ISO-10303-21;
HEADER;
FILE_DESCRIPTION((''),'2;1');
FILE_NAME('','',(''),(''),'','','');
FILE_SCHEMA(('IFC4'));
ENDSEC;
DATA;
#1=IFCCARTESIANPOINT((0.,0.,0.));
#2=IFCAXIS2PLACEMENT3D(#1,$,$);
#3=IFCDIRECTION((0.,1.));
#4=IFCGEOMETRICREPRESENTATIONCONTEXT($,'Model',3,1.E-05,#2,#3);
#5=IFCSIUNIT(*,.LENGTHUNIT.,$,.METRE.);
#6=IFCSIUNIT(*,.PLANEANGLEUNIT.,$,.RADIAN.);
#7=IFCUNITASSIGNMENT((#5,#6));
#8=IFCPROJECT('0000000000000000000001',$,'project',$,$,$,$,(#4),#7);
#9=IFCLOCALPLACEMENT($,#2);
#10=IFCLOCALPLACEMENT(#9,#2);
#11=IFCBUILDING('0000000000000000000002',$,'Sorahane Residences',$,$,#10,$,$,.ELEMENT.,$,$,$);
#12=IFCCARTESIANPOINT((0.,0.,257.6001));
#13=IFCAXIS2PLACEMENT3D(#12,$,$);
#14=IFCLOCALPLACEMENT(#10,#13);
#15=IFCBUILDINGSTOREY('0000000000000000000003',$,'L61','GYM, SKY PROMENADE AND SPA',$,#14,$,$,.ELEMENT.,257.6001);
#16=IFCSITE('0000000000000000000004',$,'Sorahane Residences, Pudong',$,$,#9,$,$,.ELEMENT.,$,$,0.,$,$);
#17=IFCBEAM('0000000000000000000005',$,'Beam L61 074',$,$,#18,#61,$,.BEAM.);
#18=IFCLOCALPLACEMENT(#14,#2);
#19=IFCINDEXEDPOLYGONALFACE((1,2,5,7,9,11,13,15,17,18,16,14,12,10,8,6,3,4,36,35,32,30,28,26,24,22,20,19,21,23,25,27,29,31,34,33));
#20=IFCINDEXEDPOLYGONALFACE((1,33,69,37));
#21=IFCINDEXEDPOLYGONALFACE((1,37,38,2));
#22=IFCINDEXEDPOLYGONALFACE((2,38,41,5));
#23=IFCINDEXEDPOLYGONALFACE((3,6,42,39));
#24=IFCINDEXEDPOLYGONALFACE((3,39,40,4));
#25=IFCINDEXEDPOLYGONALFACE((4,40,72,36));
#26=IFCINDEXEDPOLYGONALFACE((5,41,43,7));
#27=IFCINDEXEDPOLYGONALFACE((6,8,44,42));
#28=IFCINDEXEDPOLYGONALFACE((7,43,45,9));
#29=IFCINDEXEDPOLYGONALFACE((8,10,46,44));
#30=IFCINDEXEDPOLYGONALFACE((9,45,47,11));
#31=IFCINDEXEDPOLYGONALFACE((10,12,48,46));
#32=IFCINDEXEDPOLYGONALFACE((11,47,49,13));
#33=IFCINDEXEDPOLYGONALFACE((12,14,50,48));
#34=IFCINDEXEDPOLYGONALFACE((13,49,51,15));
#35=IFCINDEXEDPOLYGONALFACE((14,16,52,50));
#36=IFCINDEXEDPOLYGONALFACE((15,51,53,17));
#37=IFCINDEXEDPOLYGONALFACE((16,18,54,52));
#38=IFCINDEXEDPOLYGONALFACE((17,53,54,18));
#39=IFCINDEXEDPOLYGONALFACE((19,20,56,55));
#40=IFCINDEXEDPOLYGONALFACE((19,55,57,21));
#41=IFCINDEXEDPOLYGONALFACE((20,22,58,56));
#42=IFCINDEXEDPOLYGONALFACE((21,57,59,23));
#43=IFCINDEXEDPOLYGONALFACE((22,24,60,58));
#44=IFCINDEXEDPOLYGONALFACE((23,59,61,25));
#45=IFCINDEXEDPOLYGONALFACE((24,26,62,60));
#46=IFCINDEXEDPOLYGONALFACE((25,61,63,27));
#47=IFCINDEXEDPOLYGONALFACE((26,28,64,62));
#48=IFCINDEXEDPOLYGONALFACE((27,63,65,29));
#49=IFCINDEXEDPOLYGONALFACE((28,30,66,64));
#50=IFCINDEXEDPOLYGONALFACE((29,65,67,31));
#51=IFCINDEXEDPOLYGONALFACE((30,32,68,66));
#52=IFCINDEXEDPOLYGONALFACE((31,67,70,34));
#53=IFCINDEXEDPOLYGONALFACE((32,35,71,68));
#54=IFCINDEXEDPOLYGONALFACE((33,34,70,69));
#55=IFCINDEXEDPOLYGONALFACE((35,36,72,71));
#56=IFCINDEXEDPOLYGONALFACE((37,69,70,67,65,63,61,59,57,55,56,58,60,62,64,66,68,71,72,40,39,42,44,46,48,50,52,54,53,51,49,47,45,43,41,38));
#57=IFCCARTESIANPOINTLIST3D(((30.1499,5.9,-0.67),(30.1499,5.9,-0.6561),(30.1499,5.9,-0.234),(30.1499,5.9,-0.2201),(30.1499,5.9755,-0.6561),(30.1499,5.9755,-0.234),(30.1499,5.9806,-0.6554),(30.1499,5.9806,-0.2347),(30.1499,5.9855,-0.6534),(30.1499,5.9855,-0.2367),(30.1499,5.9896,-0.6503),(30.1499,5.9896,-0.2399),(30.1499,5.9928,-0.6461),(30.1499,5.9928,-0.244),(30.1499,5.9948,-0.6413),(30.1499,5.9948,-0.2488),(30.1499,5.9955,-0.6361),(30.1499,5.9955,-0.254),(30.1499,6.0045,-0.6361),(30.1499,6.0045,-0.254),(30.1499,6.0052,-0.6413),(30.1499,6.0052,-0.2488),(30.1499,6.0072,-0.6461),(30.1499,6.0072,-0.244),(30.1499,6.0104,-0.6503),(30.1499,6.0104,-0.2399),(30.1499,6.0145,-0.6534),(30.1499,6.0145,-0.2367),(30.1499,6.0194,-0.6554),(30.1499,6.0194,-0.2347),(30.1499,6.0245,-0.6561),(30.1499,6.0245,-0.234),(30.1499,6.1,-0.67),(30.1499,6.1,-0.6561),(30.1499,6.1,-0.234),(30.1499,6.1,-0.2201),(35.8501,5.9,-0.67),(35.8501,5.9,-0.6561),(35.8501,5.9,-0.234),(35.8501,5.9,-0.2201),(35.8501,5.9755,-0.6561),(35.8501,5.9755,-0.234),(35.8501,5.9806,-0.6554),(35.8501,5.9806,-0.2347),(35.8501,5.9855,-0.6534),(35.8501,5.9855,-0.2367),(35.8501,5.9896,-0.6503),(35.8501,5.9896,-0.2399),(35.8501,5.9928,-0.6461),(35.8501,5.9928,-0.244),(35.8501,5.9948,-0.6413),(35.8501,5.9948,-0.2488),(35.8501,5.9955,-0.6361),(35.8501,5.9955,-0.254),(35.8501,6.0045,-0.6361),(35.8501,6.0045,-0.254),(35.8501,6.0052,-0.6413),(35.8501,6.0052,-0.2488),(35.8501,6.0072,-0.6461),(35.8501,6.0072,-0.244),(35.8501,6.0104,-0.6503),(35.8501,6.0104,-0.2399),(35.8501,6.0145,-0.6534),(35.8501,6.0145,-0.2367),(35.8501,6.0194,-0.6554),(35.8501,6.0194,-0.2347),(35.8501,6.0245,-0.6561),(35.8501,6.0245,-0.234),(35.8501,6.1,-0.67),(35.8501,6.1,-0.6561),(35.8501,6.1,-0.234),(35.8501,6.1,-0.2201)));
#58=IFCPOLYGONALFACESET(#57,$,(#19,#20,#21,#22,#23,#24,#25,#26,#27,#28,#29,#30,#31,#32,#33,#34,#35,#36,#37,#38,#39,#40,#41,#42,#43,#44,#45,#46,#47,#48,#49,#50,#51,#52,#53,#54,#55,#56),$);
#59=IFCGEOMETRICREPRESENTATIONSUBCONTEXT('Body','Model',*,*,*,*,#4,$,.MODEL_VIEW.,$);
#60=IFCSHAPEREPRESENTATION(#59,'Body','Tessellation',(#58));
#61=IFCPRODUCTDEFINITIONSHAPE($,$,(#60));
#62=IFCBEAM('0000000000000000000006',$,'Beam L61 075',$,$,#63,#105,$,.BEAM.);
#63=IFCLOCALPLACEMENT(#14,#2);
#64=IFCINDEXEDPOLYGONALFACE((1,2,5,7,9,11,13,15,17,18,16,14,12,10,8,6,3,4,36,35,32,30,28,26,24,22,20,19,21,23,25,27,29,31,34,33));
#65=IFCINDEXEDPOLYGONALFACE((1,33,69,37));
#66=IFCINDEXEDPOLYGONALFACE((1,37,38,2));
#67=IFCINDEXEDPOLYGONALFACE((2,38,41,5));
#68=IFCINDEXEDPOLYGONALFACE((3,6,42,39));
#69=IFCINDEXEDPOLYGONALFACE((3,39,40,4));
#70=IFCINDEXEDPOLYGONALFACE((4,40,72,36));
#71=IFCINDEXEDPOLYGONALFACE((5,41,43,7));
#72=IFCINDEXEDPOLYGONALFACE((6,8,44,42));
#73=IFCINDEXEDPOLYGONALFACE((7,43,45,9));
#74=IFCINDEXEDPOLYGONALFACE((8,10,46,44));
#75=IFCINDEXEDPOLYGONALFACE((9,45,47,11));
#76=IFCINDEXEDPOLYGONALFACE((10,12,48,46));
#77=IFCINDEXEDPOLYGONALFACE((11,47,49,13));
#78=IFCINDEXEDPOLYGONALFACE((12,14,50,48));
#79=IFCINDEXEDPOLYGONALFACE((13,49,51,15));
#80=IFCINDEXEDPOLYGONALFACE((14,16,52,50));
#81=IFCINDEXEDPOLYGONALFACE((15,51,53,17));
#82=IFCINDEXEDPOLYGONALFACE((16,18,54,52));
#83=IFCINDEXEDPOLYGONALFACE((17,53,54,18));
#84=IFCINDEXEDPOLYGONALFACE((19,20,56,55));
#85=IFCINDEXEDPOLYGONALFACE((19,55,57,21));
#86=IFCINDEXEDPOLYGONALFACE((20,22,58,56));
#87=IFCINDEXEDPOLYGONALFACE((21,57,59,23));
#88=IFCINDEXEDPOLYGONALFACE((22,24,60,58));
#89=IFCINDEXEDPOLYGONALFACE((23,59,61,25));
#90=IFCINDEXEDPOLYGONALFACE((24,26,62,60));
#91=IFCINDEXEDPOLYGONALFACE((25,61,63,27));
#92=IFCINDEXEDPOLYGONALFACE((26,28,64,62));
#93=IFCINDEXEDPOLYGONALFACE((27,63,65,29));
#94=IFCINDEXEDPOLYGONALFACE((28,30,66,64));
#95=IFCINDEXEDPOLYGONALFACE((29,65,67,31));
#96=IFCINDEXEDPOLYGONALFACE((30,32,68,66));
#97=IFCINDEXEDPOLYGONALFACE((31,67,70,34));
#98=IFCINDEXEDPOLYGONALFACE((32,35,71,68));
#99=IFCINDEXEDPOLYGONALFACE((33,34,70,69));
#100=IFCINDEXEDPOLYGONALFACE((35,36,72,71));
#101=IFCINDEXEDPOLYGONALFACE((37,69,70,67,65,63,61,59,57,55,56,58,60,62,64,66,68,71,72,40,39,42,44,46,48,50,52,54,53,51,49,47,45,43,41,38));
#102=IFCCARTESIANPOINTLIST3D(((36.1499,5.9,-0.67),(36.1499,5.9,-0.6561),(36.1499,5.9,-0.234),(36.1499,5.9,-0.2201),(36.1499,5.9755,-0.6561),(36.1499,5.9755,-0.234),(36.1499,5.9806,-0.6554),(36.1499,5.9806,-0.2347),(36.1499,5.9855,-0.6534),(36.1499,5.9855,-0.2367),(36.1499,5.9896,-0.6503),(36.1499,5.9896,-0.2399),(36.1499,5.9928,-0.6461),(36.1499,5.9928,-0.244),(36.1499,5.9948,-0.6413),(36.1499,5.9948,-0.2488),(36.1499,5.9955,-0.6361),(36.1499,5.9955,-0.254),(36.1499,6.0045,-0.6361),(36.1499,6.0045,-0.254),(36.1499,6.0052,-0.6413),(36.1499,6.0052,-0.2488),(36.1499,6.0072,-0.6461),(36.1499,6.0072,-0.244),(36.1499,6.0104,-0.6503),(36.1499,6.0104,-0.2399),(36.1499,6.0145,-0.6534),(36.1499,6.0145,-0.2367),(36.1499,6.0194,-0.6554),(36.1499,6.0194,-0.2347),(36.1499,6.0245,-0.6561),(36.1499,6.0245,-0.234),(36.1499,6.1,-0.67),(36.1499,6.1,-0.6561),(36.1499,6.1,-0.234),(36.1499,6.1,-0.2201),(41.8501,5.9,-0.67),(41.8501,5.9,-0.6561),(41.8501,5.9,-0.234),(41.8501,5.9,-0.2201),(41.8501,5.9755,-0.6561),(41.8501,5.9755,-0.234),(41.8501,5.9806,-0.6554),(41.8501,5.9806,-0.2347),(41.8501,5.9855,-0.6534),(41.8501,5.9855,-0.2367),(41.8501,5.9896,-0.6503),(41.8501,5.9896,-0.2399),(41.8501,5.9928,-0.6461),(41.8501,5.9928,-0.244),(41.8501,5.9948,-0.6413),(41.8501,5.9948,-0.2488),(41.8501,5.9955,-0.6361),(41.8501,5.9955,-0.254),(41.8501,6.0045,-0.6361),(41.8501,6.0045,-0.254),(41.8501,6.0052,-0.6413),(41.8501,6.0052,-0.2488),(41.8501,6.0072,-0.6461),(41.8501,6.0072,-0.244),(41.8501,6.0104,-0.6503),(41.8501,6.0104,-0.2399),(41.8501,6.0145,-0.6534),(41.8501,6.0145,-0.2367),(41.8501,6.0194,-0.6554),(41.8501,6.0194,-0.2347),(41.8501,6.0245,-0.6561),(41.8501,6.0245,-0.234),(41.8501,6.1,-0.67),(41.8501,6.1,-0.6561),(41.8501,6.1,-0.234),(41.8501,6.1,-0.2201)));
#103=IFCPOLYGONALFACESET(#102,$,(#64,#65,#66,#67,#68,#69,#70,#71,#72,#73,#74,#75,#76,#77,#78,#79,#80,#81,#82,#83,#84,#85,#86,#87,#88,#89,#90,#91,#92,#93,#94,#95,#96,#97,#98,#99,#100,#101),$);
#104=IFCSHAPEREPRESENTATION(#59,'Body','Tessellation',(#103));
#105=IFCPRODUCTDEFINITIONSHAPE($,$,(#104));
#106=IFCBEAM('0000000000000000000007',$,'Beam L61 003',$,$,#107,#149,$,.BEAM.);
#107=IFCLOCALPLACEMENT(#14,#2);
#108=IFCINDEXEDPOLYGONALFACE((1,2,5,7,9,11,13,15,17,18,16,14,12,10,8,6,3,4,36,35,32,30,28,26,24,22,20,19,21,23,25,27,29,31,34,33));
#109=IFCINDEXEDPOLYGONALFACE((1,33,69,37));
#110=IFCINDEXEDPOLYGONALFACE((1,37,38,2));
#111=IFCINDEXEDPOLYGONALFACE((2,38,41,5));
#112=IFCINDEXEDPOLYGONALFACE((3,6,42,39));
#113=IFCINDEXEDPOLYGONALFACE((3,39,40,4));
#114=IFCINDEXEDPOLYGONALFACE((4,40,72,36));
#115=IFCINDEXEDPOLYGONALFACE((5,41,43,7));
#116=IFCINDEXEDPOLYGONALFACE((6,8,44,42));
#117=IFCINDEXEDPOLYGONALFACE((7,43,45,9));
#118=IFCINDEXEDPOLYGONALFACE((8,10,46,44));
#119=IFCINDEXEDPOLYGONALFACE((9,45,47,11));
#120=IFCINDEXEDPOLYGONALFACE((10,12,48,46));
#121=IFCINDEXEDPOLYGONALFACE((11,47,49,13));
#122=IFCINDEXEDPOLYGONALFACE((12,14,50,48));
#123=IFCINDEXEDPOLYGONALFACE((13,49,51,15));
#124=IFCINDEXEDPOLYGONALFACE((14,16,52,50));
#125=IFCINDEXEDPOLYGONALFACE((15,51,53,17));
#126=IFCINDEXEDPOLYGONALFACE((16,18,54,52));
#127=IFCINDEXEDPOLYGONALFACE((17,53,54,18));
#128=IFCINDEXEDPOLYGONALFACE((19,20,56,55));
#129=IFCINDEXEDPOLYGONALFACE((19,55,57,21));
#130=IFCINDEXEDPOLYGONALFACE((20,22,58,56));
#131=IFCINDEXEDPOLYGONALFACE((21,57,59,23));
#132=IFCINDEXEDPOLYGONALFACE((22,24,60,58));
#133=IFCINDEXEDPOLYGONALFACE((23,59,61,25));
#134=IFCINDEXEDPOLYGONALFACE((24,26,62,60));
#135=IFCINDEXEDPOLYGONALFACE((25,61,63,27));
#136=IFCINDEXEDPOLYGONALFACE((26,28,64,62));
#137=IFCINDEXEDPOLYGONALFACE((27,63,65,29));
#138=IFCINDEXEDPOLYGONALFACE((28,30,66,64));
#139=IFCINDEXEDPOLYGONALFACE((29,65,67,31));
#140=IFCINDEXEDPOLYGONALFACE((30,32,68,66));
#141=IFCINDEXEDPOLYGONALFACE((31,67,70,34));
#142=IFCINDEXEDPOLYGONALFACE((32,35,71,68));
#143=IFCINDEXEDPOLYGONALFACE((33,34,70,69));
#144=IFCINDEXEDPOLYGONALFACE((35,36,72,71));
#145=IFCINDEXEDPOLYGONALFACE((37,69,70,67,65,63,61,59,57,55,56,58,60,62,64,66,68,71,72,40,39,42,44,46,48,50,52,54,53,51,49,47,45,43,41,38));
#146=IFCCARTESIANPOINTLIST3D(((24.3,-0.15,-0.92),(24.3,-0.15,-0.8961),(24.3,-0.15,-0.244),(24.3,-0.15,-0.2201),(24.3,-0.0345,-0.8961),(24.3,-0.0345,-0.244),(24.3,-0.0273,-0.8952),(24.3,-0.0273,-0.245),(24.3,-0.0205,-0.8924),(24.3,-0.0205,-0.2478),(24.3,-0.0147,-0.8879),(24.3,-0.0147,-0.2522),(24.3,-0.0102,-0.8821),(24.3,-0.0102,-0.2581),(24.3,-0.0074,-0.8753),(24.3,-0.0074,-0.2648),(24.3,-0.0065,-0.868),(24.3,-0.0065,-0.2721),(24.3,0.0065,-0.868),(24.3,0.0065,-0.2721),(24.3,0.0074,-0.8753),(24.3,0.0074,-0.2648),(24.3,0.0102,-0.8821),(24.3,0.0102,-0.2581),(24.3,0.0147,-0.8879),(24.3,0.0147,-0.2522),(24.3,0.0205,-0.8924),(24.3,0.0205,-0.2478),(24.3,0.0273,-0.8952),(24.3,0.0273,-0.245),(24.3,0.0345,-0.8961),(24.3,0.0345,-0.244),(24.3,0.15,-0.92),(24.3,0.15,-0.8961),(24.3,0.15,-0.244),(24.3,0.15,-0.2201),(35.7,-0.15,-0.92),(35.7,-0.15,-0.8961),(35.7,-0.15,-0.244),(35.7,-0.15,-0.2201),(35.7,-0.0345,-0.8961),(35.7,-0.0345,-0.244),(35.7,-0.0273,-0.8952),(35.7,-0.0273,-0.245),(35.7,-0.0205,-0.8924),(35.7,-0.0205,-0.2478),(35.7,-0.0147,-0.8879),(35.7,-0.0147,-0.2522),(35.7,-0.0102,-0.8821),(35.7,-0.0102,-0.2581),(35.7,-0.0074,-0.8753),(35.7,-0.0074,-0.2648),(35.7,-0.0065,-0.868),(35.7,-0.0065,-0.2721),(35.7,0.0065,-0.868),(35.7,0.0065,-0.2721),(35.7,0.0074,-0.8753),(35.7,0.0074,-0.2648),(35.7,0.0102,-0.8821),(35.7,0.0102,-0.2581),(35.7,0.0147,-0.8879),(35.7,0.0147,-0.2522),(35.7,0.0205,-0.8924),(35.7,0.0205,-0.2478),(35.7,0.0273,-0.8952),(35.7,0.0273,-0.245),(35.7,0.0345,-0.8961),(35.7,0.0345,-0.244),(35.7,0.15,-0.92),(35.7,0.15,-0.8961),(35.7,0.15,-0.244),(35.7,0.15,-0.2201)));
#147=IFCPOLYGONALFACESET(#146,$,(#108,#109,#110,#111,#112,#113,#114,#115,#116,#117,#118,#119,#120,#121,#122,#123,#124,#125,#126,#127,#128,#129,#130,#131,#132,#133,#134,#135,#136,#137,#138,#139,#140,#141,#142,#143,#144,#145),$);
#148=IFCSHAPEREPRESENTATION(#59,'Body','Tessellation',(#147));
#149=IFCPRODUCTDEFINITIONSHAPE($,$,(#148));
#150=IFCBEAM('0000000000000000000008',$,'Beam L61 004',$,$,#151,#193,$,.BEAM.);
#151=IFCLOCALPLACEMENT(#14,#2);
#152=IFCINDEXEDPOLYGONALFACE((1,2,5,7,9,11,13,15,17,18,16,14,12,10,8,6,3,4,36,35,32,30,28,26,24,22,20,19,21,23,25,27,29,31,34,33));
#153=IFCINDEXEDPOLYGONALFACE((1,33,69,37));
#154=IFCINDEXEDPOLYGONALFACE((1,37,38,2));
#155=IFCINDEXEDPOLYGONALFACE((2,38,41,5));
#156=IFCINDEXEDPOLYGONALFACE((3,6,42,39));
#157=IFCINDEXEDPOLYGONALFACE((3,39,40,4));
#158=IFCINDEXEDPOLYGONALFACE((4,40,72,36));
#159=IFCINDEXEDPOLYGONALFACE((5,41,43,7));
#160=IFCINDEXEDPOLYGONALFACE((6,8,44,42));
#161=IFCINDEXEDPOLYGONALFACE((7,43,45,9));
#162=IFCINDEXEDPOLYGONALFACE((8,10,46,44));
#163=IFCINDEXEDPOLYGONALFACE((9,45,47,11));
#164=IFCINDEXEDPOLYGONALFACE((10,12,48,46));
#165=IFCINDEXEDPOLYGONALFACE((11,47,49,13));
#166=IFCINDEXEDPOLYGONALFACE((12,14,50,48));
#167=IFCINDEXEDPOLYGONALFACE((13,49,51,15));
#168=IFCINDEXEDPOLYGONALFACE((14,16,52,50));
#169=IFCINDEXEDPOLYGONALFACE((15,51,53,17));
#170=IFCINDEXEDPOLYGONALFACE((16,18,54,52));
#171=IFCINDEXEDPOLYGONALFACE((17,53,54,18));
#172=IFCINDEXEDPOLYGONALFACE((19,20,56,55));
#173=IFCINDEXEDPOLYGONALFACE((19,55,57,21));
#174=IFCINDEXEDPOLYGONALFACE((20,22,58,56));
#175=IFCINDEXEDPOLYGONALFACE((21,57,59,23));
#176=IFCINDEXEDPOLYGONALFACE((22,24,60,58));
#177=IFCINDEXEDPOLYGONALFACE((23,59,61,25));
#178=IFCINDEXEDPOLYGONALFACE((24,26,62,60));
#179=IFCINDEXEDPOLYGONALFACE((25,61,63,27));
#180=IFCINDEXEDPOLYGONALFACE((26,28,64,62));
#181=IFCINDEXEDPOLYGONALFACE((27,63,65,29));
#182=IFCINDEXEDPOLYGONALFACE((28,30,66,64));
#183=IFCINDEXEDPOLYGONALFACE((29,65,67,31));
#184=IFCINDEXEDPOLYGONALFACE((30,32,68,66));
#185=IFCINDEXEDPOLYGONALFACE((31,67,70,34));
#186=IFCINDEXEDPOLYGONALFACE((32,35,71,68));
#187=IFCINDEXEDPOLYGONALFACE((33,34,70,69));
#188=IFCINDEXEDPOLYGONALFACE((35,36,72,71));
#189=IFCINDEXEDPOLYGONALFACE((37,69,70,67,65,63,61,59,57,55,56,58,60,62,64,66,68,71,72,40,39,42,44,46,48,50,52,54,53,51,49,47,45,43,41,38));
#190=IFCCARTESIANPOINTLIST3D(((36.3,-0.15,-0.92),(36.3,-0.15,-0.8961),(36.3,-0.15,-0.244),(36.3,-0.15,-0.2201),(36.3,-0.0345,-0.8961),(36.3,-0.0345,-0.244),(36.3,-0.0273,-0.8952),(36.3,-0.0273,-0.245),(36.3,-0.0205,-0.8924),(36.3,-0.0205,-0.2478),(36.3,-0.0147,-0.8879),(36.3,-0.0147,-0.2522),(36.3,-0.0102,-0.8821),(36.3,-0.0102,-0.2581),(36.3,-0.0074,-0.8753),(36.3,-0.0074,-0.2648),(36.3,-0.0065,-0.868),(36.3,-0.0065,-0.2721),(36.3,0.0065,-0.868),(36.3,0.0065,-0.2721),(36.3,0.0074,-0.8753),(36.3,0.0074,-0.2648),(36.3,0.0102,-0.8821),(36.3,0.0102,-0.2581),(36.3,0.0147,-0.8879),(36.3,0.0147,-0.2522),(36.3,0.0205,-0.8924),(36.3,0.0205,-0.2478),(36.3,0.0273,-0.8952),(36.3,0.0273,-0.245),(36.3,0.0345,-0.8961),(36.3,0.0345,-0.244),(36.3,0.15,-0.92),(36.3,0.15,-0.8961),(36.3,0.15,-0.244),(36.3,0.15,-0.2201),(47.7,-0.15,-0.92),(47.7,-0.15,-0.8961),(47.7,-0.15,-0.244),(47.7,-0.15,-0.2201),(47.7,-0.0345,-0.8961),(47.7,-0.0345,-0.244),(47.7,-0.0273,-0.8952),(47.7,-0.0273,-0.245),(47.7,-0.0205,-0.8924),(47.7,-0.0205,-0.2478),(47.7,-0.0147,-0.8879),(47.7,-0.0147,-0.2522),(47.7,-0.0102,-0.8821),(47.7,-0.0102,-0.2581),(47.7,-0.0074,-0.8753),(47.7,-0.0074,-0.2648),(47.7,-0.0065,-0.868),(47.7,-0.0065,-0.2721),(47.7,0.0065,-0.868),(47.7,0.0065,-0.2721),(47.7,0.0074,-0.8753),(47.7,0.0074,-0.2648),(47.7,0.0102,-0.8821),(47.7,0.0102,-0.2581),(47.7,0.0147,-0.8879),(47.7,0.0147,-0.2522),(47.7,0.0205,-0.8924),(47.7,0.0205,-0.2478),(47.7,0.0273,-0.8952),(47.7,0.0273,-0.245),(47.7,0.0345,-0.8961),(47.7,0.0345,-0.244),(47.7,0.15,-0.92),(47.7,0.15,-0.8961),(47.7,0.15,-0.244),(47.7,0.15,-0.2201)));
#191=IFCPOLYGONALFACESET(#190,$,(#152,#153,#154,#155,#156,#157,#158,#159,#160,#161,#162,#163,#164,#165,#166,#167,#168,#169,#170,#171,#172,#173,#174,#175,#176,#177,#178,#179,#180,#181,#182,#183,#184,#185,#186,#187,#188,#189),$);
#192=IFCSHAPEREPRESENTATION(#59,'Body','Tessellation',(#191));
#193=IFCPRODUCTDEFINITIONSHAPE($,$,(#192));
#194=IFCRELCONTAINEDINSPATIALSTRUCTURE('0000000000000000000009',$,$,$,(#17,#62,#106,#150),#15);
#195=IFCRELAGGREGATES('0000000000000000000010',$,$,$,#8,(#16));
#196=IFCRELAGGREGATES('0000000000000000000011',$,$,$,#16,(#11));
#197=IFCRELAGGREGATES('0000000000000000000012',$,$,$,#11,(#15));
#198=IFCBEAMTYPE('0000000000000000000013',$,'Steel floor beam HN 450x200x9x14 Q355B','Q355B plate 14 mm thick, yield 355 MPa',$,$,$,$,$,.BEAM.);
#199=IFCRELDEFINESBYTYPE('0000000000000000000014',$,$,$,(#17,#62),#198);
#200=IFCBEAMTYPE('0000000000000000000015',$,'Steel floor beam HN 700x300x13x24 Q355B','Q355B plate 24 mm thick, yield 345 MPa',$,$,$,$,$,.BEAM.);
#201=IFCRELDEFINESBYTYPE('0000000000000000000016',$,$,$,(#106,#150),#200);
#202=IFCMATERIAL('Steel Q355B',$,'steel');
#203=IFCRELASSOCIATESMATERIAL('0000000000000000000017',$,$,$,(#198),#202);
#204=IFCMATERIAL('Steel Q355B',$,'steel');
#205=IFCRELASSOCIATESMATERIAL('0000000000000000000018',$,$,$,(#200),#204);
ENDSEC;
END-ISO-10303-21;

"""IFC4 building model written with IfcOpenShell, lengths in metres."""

from ifc_helpers import new_model, si_unit, direction, frame, origin, origin_2d, place, context, subcontext, project, spatial, i_section, extrude, material, material_profile, profile_set, type_object, element, save


model = new_model("IFC4")

# Units and contexts
model_context = context("Model", 3, precision=1e-05, world=origin(), true_north=direction((0.0, 1.0)))
body_context = subcontext(model_context, "Body", "Model", "MODEL_VIEW")
ifc_project = project(units=[si_unit("LENGTHUNIT", "METRE"), si_unit("PLANEANGLEUNIT", "RADIAN")], contexts=[model_context])

# Site, building, storey
site_placement = place(None, origin())
site = spatial("IfcSite", under=ifc_project, at=site_placement, Name="Sorahane Residences, Pudong", CompositionType="ELEMENT", RefElevation=0.0)
building_placement = place(site_placement, origin())
building = spatial("IfcBuilding", under=site, at=building_placement, Name="Sorahane Residences", CompositionType="ELEMENT")
storey_placement = place(building_placement, frame((0.0, 0.0, 257.6001)))
storey = spatial("IfcBuildingStorey", under=building, at=storey_placement, Name="L61", Description="GYM, SKY PROMENADE AND SPA", CompositionType="ELEMENT", Elevation=257.6001)

# Beams
ifc_material_1 = material(Name="Steel Q355B", Category="steel")
ifc_material_profile_1 = material_profile(ifc_material_1, i_section(OverallWidth=0.2, OverallDepth=0.45, WebThickness=0.009, FlangeThickness=0.0139, FilletRadius=0.02, at=origin_2d()), Name="HN 450x200x9x14")
ifc_profile_set_1 = profile_set([ifc_material_profile_1], Name="Steel Q355B")
beam_type_1 = type_object("IfcBeamType", Name="Steel floor beam HN 450x200x9x14 Q355B", Description="Q355B plate 14 mm thick, yield 355 MPa", PredefinedType="BEAM", material=ifc_profile_set_1)
for number, where, z_axis, x_axis, name in (
    (1, (30.1499, 6.0, -0.4451), (1.0, 0.0, 0.0), (0.0, 1.0, 0.0), "Beam L61 074"),
    (2, (36.1499, 6.0, -0.4451), (1.0, 0.0, 0.0), (0.0, 1.0, 0.0), "Beam L61 075"),
):
    element("IfcBeam", number, at=place(storey_placement, frame(where, z_axis=z_axis, x_axis=x_axis)), inside=storey, type_object=beam_type_1, Name=name, PredefinedType="BEAM", context=body_context, shape_type="SweptSolid", body=[
        extrude(i_section(OverallWidth=0.2, OverallDepth=0.45, WebThickness=0.009, FlangeThickness=0.0139, FilletRadius=0.02, at=origin_2d()), origin(), (0.0, 0.0, 1.0), 5.7002),
    ])
ifc_material_2 = material(Name="Steel Q355B", Category="steel")
ifc_material_profile_2 = material_profile(ifc_material_2, i_section(OverallWidth=0.3, OverallDepth=0.7, WebThickness=0.0129, FlangeThickness=0.0239, FilletRadius=0.0281, at=origin_2d()), Name="HN 700x300x13x24")
ifc_profile_set_2 = profile_set([ifc_material_profile_2], Name="Steel Q355B")
beam_type_2 = type_object("IfcBeamType", Name="Steel floor beam HN 700x300x13x24 Q355B", Description="Q355B plate 24 mm thick, yield 345 MPa", PredefinedType="BEAM", material=ifc_profile_set_2)
for number, where, z_axis, x_axis, name in (
    (3, (24.3, 0.0, -0.5701), (1.0, 0.0, 0.0), (0.0, 1.0, 0.0), "Beam L61 003"),
    (4, (36.3, 0.0, -0.5701), (1.0, 0.0, 0.0), (0.0, 1.0, 0.0), "Beam L61 004"),
):
    element("IfcBeam", number, at=place(storey_placement, frame(where, z_axis=z_axis, x_axis=x_axis)), inside=storey, type_object=beam_type_2, Name=name, PredefinedType="BEAM", context=body_context, shape_type="SweptSolid", body=[
        extrude(i_section(OverallWidth=0.3, OverallDepth=0.7, WebThickness=0.0129, FlangeThickness=0.0239, FilletRadius=0.0281, at=origin_2d()), origin(), (0.0, 0.0, 1.0), 11.3999),
    ])

save(model, "model.ifc")
